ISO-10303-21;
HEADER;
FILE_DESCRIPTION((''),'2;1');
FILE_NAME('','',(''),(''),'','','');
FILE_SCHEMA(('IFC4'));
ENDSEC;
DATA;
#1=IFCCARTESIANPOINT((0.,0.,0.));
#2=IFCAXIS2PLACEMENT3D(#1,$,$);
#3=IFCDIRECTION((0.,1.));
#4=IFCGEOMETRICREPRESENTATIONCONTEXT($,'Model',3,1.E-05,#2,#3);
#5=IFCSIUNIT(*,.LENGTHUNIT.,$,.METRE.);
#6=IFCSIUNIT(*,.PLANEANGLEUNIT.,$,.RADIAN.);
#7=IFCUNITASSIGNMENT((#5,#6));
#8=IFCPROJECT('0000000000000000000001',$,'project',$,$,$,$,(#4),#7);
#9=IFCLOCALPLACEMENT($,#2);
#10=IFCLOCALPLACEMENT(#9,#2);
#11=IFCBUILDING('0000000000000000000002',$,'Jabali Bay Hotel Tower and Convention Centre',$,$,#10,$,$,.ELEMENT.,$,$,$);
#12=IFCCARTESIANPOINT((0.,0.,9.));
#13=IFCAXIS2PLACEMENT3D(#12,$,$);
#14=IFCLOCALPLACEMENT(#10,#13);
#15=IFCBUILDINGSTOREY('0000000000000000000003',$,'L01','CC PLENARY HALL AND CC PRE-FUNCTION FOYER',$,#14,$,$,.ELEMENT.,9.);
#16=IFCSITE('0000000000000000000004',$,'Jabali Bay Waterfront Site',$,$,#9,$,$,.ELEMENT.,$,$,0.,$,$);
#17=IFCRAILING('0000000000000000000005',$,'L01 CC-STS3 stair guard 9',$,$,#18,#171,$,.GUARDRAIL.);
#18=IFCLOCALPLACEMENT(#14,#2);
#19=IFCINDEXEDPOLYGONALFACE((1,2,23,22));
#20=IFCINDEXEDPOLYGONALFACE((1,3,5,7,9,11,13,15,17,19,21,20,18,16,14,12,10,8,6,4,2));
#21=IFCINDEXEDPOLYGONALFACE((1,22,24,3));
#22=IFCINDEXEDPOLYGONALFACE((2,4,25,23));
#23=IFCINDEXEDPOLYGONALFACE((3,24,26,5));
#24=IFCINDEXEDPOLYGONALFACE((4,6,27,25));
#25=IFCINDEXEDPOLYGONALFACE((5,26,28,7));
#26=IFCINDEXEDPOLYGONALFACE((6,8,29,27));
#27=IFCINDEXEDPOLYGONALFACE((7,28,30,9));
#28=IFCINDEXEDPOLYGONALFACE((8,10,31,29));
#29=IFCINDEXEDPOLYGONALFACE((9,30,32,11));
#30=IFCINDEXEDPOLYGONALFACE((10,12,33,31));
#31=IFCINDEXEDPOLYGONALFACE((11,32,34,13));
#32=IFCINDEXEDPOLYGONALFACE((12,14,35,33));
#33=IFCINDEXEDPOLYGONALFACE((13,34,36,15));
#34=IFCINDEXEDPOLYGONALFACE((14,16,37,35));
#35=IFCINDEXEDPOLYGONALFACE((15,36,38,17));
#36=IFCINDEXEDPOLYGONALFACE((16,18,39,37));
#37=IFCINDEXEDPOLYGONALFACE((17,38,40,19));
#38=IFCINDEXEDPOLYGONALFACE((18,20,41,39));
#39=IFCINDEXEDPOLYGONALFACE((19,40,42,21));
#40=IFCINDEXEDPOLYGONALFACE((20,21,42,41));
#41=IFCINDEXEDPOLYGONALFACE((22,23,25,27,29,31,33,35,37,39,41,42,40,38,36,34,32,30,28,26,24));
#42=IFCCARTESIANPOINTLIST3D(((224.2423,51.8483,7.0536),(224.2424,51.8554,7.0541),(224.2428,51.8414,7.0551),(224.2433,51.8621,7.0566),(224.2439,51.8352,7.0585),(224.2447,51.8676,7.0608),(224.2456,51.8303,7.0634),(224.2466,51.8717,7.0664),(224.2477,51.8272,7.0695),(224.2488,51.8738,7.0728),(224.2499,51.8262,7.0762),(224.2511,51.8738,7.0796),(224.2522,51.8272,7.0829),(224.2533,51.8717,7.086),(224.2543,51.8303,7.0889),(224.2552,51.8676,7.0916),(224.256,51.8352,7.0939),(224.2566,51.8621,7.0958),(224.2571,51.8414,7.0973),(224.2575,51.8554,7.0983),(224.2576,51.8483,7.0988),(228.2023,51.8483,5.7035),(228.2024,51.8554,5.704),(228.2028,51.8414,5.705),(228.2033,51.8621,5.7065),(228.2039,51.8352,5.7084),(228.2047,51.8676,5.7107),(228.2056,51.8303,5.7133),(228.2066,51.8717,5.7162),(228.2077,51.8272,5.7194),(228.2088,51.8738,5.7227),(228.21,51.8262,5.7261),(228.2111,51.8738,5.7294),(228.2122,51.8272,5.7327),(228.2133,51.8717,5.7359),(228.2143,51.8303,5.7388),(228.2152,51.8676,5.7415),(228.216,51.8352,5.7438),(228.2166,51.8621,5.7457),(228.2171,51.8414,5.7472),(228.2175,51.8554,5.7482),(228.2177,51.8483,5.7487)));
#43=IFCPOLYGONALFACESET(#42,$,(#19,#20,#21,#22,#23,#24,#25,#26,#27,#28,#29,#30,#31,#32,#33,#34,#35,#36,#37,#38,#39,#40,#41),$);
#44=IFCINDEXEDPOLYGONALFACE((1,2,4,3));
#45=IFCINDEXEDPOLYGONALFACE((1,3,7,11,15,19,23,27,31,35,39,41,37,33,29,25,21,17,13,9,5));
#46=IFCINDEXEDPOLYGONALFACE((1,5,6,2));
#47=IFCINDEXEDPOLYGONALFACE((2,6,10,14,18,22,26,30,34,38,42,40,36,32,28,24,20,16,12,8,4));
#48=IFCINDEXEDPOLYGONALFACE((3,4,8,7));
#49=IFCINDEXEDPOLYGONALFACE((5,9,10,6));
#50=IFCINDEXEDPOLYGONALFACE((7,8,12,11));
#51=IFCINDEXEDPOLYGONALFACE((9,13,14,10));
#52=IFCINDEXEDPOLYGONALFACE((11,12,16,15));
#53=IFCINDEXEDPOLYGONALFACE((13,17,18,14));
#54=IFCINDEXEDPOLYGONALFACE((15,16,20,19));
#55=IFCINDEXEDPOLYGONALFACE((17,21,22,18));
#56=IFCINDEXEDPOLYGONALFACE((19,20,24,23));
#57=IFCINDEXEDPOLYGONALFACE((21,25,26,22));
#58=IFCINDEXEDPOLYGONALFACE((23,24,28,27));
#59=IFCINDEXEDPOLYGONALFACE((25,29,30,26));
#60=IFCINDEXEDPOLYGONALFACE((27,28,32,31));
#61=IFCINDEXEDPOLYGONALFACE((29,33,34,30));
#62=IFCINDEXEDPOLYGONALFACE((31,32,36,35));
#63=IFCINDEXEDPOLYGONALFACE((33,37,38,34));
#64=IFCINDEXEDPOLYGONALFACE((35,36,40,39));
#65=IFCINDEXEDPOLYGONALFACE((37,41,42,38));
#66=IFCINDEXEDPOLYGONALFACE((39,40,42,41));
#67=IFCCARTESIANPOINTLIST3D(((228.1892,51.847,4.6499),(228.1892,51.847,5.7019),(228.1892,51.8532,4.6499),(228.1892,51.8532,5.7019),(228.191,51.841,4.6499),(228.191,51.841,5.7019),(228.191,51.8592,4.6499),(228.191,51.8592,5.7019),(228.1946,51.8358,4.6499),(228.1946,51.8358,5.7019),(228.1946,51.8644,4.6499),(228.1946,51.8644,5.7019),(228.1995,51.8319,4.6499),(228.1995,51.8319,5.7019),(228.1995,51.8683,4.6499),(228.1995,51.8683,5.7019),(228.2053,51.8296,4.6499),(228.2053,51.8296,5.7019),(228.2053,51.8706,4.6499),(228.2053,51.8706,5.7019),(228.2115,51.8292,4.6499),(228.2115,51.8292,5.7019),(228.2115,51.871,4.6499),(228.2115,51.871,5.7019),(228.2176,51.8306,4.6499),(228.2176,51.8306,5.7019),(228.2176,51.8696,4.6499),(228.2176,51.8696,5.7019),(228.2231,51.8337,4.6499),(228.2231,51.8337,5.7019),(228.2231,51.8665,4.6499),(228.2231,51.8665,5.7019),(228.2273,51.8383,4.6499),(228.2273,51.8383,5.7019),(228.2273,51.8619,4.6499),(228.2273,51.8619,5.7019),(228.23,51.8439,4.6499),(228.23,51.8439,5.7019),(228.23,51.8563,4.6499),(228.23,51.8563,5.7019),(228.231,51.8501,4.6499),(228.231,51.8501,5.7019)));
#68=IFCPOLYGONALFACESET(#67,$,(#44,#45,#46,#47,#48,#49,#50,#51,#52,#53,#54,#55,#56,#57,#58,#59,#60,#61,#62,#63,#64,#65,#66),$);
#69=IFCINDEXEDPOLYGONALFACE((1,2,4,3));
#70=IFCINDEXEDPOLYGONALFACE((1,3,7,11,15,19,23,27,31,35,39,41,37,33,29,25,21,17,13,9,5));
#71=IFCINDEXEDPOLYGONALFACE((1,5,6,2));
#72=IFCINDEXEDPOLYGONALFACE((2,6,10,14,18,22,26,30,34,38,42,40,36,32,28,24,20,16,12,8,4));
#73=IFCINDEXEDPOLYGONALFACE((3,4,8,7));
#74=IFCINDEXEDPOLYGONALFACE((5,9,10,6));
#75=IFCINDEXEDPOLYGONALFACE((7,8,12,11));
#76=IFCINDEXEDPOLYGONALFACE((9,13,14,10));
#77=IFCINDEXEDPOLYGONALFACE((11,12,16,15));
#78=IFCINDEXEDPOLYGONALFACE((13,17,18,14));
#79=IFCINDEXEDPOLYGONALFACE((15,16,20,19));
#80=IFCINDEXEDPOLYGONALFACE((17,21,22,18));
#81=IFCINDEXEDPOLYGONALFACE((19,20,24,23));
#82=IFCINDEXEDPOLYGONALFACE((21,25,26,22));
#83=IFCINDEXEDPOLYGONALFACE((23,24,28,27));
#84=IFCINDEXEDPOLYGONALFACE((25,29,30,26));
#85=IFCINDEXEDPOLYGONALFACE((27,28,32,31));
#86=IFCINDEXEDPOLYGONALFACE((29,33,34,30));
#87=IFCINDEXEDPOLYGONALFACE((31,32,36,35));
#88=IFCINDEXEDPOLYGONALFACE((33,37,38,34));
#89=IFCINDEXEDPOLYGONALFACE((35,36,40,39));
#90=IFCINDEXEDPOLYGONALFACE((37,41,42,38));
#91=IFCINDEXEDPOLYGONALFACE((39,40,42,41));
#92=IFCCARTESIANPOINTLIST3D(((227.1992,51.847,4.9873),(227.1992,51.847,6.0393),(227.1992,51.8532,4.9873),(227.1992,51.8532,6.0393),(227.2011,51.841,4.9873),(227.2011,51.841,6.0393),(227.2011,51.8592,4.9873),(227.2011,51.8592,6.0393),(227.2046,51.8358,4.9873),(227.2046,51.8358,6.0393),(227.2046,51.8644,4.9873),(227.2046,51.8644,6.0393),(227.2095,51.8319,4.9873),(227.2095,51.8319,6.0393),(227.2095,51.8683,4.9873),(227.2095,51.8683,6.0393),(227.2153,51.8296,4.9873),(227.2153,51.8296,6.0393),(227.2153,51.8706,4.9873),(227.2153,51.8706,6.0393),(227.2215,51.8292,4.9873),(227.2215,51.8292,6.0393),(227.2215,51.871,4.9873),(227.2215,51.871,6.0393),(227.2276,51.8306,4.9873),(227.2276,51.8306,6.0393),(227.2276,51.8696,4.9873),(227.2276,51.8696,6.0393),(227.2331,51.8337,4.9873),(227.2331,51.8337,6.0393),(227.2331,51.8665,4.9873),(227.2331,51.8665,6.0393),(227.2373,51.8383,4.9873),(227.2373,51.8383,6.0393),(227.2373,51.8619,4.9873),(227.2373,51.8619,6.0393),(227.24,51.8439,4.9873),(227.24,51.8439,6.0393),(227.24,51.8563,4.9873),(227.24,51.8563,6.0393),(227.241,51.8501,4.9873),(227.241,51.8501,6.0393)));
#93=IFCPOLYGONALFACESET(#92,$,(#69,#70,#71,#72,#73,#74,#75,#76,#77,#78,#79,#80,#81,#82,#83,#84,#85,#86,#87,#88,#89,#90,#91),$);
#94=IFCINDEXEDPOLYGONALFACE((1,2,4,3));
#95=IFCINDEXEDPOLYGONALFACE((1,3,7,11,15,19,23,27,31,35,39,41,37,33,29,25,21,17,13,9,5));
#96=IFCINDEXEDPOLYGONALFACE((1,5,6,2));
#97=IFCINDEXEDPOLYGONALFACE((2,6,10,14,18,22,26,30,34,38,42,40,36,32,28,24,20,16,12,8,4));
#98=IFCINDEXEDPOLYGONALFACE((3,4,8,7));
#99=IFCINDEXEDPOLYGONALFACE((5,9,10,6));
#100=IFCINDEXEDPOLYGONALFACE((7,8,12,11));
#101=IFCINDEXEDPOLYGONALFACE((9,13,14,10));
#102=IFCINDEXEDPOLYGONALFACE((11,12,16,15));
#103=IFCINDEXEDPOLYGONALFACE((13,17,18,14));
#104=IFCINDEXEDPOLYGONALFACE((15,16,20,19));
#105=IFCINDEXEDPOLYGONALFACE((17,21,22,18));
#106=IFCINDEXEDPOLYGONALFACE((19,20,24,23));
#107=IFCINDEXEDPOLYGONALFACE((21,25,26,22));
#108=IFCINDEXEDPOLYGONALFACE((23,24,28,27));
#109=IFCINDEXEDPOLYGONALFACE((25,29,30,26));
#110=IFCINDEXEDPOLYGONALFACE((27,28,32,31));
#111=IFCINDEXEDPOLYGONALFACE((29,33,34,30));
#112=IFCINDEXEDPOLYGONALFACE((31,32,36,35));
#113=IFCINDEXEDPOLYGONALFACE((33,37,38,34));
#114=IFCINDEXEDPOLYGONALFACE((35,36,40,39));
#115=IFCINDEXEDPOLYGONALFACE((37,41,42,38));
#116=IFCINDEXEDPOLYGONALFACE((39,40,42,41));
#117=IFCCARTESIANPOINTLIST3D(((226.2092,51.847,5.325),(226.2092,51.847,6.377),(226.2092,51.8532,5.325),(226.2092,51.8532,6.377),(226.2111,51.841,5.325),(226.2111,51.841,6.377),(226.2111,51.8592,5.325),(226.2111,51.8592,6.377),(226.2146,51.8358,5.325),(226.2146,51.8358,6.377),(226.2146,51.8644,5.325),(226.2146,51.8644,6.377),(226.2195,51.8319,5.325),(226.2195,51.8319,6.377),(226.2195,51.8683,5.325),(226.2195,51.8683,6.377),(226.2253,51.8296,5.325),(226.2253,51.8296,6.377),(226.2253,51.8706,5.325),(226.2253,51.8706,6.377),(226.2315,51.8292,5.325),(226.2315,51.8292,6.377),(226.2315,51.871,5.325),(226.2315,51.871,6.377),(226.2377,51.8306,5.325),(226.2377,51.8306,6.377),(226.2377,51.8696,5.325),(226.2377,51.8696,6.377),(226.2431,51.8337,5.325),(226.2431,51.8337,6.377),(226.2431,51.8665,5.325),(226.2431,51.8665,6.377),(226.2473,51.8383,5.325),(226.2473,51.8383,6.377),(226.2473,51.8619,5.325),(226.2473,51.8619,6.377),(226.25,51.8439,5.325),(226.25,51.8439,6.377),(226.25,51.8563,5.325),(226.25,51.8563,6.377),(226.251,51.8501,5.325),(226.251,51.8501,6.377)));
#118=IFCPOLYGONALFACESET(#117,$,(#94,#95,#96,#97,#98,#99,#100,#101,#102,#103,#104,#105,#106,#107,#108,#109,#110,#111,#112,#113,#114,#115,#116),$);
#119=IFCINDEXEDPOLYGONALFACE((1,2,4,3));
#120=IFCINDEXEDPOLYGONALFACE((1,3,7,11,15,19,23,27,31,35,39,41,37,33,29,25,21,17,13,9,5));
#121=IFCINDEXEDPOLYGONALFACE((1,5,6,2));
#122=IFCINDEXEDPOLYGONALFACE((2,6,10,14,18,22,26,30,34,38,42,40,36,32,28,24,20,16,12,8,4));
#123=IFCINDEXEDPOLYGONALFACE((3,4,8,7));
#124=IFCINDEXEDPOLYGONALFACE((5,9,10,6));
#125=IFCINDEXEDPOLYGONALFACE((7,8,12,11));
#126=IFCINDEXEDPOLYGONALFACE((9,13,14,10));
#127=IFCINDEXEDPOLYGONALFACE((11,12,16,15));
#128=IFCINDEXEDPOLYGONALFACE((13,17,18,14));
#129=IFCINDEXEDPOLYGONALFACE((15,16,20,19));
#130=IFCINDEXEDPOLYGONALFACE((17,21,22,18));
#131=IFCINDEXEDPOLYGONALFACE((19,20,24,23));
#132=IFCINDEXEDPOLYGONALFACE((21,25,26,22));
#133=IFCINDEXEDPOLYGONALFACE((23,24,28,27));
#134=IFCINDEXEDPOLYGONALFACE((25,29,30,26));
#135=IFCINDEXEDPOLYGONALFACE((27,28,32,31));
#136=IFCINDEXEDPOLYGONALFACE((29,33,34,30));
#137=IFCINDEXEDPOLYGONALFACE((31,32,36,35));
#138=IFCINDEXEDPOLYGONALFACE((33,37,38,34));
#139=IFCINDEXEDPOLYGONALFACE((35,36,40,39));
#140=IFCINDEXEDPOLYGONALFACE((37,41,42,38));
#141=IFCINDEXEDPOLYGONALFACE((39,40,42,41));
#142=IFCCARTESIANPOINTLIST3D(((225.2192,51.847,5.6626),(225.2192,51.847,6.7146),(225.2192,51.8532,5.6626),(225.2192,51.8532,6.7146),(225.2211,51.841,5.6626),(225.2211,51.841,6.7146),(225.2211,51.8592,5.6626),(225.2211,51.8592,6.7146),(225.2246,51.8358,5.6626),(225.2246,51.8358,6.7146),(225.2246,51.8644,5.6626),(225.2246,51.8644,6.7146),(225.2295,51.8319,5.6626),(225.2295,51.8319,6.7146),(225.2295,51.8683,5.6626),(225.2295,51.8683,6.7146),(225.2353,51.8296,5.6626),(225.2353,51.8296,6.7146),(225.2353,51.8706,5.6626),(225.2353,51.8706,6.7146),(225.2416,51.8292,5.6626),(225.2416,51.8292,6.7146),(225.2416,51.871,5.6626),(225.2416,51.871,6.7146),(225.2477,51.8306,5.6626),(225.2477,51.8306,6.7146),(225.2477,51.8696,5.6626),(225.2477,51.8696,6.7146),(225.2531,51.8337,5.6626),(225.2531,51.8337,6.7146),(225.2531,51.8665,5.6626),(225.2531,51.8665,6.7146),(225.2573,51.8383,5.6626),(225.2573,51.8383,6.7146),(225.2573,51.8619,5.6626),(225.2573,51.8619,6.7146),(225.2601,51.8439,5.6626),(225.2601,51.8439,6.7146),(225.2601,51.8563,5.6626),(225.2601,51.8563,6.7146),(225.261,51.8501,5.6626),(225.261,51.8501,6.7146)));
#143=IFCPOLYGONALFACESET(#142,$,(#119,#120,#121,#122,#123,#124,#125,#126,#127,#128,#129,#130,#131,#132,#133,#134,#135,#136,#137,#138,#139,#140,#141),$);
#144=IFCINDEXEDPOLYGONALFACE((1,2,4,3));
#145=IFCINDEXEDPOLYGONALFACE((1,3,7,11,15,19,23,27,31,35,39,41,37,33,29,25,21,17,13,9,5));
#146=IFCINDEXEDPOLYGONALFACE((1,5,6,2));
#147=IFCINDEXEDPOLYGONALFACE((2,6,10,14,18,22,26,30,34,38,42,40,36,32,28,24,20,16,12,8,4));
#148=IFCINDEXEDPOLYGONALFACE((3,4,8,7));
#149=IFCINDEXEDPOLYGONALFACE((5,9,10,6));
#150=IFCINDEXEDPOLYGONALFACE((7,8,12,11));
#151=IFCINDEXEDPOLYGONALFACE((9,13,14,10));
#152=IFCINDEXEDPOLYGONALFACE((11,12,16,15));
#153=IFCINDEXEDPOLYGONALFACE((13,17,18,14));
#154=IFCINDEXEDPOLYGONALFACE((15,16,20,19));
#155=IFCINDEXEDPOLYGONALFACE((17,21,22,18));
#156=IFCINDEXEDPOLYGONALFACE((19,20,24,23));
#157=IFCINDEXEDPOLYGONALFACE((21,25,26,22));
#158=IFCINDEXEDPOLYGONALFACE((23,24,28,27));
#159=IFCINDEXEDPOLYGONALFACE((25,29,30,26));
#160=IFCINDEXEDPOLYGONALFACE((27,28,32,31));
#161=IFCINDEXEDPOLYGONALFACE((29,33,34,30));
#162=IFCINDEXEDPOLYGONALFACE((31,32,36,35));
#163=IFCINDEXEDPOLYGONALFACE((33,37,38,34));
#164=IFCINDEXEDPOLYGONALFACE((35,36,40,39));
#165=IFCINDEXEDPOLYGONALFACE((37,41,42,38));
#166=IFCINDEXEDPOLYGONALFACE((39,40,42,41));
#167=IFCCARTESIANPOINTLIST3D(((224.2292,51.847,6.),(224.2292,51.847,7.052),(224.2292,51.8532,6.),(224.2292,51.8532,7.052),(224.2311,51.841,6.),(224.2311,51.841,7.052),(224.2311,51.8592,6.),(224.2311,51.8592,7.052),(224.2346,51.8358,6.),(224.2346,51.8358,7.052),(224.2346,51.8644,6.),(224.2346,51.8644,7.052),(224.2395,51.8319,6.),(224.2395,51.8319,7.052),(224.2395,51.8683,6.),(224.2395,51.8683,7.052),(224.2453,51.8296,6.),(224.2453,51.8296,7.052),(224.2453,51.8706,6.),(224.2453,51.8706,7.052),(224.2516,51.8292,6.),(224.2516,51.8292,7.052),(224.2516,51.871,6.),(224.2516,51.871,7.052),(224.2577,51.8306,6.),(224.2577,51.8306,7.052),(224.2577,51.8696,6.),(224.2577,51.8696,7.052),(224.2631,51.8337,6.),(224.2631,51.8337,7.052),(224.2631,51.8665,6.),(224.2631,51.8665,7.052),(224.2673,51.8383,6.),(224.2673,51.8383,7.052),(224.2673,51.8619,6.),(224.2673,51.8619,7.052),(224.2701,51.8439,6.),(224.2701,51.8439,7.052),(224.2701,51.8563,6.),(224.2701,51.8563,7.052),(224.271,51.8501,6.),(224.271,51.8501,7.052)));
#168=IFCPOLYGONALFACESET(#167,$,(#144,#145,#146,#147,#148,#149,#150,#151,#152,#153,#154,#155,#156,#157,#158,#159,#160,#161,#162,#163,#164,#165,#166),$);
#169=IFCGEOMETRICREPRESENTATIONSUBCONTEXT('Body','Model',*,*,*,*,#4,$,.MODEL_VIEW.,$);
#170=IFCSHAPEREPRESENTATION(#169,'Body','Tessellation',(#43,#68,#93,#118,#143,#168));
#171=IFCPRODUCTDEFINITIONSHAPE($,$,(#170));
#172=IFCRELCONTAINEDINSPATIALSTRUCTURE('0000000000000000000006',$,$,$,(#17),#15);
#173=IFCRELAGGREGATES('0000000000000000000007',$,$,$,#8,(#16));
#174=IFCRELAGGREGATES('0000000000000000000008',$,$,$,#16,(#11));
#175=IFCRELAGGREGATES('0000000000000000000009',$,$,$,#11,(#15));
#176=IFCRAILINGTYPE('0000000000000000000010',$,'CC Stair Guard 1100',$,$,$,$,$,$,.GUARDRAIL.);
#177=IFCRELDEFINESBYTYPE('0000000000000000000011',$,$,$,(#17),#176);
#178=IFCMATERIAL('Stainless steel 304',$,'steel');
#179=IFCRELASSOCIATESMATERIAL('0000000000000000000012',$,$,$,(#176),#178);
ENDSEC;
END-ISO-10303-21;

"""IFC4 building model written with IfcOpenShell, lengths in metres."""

from ifc_helpers import new_model, si_unit, direction, frame, origin, origin_2d, place, context, subcontext, project, spatial, circle, extrude, material, type_object, element, save


model = new_model("IFC4")

# Units and contexts
model_context = context("Model", 3, precision=1e-05, world=origin(), true_north=direction((0.0, 1.0)))
body_context = subcontext(model_context, "Body", "Model", "MODEL_VIEW")
ifc_project = project(units=[si_unit("LENGTHUNIT", "METRE"), si_unit("PLANEANGLEUNIT", "RADIAN")], contexts=[model_context])

# Site, building, storey
site_placement = place(None, origin())
site = spatial("IfcSite", under=ifc_project, at=site_placement, Name="Jabali Bay Waterfront Site", CompositionType="ELEMENT", RefElevation=0.0)
building_placement = place(site_placement, origin())
building = spatial("IfcBuilding", under=site, at=building_placement, Name="Jabali Bay Hotel Tower and Convention Centre", CompositionType="ELEMENT")
storey_placement = place(building_placement, frame((0.0, 0.0, 9.0)))
storey = spatial("IfcBuildingStorey", under=building, at=storey_placement, Name="L01", Description="CC PLENARY HALL AND CC PRE-FUNCTION FOYER", CompositionType="ELEMENT", Elevation=9.0)

# Railing
ifc_material_1 = material(Name="Stainless steel 304", Category="steel")
railing_type_1 = type_object("IfcRailingType", Name="CC Stair Guard 1100", PredefinedType="GUARDRAIL", material=ifc_material_1)
railing_1_placement = place(storey_placement, frame((228.21, 51.8501, 4.6499)))
element("IfcRailing", 1, at=railing_1_placement, inside=storey, type_object=railing_type_1, Name="L01 CC-STS3 stair guard 9", PredefinedType="GUARDRAIL", context=body_context, shape_type="SweptSolid", body=[
    extrude(circle(Radius=0.0239, at=origin_2d()), frame((0.0, 0.0, 1.0762), z_axis=(-0.946502, 0.0, 0.322698), x_axis=(0.0, -1.0, 0.0)), (0.0, 0.0, 1.0), 4.1838),
    extrude(circle(Radius=0.021, at=origin_2d()), origin(), (0.0, 0.0, 1.0), 1.052),
    extrude(circle(Radius=0.021, at=origin_2d()), frame((-0.99, 0.0, 0.3374)), (0.0, 0.0, 1.0), 1.052),
    extrude(circle(Radius=0.021, at=origin_2d()), frame((-1.98, 0.0, 0.675)), (0.0, 0.0, 1.0), 1.052),
    extrude(circle(Radius=0.021, at=origin_2d()), frame((-2.97, 0.0, 1.0127)), (0.0, 0.0, 1.0), 1.052),
    extrude(circle(Radius=0.021, at=origin_2d()), frame((-3.96, 0.0, 1.3501)), (0.0, 0.0, 1.0), 1.052),
])

save(model, "model.ifc")
